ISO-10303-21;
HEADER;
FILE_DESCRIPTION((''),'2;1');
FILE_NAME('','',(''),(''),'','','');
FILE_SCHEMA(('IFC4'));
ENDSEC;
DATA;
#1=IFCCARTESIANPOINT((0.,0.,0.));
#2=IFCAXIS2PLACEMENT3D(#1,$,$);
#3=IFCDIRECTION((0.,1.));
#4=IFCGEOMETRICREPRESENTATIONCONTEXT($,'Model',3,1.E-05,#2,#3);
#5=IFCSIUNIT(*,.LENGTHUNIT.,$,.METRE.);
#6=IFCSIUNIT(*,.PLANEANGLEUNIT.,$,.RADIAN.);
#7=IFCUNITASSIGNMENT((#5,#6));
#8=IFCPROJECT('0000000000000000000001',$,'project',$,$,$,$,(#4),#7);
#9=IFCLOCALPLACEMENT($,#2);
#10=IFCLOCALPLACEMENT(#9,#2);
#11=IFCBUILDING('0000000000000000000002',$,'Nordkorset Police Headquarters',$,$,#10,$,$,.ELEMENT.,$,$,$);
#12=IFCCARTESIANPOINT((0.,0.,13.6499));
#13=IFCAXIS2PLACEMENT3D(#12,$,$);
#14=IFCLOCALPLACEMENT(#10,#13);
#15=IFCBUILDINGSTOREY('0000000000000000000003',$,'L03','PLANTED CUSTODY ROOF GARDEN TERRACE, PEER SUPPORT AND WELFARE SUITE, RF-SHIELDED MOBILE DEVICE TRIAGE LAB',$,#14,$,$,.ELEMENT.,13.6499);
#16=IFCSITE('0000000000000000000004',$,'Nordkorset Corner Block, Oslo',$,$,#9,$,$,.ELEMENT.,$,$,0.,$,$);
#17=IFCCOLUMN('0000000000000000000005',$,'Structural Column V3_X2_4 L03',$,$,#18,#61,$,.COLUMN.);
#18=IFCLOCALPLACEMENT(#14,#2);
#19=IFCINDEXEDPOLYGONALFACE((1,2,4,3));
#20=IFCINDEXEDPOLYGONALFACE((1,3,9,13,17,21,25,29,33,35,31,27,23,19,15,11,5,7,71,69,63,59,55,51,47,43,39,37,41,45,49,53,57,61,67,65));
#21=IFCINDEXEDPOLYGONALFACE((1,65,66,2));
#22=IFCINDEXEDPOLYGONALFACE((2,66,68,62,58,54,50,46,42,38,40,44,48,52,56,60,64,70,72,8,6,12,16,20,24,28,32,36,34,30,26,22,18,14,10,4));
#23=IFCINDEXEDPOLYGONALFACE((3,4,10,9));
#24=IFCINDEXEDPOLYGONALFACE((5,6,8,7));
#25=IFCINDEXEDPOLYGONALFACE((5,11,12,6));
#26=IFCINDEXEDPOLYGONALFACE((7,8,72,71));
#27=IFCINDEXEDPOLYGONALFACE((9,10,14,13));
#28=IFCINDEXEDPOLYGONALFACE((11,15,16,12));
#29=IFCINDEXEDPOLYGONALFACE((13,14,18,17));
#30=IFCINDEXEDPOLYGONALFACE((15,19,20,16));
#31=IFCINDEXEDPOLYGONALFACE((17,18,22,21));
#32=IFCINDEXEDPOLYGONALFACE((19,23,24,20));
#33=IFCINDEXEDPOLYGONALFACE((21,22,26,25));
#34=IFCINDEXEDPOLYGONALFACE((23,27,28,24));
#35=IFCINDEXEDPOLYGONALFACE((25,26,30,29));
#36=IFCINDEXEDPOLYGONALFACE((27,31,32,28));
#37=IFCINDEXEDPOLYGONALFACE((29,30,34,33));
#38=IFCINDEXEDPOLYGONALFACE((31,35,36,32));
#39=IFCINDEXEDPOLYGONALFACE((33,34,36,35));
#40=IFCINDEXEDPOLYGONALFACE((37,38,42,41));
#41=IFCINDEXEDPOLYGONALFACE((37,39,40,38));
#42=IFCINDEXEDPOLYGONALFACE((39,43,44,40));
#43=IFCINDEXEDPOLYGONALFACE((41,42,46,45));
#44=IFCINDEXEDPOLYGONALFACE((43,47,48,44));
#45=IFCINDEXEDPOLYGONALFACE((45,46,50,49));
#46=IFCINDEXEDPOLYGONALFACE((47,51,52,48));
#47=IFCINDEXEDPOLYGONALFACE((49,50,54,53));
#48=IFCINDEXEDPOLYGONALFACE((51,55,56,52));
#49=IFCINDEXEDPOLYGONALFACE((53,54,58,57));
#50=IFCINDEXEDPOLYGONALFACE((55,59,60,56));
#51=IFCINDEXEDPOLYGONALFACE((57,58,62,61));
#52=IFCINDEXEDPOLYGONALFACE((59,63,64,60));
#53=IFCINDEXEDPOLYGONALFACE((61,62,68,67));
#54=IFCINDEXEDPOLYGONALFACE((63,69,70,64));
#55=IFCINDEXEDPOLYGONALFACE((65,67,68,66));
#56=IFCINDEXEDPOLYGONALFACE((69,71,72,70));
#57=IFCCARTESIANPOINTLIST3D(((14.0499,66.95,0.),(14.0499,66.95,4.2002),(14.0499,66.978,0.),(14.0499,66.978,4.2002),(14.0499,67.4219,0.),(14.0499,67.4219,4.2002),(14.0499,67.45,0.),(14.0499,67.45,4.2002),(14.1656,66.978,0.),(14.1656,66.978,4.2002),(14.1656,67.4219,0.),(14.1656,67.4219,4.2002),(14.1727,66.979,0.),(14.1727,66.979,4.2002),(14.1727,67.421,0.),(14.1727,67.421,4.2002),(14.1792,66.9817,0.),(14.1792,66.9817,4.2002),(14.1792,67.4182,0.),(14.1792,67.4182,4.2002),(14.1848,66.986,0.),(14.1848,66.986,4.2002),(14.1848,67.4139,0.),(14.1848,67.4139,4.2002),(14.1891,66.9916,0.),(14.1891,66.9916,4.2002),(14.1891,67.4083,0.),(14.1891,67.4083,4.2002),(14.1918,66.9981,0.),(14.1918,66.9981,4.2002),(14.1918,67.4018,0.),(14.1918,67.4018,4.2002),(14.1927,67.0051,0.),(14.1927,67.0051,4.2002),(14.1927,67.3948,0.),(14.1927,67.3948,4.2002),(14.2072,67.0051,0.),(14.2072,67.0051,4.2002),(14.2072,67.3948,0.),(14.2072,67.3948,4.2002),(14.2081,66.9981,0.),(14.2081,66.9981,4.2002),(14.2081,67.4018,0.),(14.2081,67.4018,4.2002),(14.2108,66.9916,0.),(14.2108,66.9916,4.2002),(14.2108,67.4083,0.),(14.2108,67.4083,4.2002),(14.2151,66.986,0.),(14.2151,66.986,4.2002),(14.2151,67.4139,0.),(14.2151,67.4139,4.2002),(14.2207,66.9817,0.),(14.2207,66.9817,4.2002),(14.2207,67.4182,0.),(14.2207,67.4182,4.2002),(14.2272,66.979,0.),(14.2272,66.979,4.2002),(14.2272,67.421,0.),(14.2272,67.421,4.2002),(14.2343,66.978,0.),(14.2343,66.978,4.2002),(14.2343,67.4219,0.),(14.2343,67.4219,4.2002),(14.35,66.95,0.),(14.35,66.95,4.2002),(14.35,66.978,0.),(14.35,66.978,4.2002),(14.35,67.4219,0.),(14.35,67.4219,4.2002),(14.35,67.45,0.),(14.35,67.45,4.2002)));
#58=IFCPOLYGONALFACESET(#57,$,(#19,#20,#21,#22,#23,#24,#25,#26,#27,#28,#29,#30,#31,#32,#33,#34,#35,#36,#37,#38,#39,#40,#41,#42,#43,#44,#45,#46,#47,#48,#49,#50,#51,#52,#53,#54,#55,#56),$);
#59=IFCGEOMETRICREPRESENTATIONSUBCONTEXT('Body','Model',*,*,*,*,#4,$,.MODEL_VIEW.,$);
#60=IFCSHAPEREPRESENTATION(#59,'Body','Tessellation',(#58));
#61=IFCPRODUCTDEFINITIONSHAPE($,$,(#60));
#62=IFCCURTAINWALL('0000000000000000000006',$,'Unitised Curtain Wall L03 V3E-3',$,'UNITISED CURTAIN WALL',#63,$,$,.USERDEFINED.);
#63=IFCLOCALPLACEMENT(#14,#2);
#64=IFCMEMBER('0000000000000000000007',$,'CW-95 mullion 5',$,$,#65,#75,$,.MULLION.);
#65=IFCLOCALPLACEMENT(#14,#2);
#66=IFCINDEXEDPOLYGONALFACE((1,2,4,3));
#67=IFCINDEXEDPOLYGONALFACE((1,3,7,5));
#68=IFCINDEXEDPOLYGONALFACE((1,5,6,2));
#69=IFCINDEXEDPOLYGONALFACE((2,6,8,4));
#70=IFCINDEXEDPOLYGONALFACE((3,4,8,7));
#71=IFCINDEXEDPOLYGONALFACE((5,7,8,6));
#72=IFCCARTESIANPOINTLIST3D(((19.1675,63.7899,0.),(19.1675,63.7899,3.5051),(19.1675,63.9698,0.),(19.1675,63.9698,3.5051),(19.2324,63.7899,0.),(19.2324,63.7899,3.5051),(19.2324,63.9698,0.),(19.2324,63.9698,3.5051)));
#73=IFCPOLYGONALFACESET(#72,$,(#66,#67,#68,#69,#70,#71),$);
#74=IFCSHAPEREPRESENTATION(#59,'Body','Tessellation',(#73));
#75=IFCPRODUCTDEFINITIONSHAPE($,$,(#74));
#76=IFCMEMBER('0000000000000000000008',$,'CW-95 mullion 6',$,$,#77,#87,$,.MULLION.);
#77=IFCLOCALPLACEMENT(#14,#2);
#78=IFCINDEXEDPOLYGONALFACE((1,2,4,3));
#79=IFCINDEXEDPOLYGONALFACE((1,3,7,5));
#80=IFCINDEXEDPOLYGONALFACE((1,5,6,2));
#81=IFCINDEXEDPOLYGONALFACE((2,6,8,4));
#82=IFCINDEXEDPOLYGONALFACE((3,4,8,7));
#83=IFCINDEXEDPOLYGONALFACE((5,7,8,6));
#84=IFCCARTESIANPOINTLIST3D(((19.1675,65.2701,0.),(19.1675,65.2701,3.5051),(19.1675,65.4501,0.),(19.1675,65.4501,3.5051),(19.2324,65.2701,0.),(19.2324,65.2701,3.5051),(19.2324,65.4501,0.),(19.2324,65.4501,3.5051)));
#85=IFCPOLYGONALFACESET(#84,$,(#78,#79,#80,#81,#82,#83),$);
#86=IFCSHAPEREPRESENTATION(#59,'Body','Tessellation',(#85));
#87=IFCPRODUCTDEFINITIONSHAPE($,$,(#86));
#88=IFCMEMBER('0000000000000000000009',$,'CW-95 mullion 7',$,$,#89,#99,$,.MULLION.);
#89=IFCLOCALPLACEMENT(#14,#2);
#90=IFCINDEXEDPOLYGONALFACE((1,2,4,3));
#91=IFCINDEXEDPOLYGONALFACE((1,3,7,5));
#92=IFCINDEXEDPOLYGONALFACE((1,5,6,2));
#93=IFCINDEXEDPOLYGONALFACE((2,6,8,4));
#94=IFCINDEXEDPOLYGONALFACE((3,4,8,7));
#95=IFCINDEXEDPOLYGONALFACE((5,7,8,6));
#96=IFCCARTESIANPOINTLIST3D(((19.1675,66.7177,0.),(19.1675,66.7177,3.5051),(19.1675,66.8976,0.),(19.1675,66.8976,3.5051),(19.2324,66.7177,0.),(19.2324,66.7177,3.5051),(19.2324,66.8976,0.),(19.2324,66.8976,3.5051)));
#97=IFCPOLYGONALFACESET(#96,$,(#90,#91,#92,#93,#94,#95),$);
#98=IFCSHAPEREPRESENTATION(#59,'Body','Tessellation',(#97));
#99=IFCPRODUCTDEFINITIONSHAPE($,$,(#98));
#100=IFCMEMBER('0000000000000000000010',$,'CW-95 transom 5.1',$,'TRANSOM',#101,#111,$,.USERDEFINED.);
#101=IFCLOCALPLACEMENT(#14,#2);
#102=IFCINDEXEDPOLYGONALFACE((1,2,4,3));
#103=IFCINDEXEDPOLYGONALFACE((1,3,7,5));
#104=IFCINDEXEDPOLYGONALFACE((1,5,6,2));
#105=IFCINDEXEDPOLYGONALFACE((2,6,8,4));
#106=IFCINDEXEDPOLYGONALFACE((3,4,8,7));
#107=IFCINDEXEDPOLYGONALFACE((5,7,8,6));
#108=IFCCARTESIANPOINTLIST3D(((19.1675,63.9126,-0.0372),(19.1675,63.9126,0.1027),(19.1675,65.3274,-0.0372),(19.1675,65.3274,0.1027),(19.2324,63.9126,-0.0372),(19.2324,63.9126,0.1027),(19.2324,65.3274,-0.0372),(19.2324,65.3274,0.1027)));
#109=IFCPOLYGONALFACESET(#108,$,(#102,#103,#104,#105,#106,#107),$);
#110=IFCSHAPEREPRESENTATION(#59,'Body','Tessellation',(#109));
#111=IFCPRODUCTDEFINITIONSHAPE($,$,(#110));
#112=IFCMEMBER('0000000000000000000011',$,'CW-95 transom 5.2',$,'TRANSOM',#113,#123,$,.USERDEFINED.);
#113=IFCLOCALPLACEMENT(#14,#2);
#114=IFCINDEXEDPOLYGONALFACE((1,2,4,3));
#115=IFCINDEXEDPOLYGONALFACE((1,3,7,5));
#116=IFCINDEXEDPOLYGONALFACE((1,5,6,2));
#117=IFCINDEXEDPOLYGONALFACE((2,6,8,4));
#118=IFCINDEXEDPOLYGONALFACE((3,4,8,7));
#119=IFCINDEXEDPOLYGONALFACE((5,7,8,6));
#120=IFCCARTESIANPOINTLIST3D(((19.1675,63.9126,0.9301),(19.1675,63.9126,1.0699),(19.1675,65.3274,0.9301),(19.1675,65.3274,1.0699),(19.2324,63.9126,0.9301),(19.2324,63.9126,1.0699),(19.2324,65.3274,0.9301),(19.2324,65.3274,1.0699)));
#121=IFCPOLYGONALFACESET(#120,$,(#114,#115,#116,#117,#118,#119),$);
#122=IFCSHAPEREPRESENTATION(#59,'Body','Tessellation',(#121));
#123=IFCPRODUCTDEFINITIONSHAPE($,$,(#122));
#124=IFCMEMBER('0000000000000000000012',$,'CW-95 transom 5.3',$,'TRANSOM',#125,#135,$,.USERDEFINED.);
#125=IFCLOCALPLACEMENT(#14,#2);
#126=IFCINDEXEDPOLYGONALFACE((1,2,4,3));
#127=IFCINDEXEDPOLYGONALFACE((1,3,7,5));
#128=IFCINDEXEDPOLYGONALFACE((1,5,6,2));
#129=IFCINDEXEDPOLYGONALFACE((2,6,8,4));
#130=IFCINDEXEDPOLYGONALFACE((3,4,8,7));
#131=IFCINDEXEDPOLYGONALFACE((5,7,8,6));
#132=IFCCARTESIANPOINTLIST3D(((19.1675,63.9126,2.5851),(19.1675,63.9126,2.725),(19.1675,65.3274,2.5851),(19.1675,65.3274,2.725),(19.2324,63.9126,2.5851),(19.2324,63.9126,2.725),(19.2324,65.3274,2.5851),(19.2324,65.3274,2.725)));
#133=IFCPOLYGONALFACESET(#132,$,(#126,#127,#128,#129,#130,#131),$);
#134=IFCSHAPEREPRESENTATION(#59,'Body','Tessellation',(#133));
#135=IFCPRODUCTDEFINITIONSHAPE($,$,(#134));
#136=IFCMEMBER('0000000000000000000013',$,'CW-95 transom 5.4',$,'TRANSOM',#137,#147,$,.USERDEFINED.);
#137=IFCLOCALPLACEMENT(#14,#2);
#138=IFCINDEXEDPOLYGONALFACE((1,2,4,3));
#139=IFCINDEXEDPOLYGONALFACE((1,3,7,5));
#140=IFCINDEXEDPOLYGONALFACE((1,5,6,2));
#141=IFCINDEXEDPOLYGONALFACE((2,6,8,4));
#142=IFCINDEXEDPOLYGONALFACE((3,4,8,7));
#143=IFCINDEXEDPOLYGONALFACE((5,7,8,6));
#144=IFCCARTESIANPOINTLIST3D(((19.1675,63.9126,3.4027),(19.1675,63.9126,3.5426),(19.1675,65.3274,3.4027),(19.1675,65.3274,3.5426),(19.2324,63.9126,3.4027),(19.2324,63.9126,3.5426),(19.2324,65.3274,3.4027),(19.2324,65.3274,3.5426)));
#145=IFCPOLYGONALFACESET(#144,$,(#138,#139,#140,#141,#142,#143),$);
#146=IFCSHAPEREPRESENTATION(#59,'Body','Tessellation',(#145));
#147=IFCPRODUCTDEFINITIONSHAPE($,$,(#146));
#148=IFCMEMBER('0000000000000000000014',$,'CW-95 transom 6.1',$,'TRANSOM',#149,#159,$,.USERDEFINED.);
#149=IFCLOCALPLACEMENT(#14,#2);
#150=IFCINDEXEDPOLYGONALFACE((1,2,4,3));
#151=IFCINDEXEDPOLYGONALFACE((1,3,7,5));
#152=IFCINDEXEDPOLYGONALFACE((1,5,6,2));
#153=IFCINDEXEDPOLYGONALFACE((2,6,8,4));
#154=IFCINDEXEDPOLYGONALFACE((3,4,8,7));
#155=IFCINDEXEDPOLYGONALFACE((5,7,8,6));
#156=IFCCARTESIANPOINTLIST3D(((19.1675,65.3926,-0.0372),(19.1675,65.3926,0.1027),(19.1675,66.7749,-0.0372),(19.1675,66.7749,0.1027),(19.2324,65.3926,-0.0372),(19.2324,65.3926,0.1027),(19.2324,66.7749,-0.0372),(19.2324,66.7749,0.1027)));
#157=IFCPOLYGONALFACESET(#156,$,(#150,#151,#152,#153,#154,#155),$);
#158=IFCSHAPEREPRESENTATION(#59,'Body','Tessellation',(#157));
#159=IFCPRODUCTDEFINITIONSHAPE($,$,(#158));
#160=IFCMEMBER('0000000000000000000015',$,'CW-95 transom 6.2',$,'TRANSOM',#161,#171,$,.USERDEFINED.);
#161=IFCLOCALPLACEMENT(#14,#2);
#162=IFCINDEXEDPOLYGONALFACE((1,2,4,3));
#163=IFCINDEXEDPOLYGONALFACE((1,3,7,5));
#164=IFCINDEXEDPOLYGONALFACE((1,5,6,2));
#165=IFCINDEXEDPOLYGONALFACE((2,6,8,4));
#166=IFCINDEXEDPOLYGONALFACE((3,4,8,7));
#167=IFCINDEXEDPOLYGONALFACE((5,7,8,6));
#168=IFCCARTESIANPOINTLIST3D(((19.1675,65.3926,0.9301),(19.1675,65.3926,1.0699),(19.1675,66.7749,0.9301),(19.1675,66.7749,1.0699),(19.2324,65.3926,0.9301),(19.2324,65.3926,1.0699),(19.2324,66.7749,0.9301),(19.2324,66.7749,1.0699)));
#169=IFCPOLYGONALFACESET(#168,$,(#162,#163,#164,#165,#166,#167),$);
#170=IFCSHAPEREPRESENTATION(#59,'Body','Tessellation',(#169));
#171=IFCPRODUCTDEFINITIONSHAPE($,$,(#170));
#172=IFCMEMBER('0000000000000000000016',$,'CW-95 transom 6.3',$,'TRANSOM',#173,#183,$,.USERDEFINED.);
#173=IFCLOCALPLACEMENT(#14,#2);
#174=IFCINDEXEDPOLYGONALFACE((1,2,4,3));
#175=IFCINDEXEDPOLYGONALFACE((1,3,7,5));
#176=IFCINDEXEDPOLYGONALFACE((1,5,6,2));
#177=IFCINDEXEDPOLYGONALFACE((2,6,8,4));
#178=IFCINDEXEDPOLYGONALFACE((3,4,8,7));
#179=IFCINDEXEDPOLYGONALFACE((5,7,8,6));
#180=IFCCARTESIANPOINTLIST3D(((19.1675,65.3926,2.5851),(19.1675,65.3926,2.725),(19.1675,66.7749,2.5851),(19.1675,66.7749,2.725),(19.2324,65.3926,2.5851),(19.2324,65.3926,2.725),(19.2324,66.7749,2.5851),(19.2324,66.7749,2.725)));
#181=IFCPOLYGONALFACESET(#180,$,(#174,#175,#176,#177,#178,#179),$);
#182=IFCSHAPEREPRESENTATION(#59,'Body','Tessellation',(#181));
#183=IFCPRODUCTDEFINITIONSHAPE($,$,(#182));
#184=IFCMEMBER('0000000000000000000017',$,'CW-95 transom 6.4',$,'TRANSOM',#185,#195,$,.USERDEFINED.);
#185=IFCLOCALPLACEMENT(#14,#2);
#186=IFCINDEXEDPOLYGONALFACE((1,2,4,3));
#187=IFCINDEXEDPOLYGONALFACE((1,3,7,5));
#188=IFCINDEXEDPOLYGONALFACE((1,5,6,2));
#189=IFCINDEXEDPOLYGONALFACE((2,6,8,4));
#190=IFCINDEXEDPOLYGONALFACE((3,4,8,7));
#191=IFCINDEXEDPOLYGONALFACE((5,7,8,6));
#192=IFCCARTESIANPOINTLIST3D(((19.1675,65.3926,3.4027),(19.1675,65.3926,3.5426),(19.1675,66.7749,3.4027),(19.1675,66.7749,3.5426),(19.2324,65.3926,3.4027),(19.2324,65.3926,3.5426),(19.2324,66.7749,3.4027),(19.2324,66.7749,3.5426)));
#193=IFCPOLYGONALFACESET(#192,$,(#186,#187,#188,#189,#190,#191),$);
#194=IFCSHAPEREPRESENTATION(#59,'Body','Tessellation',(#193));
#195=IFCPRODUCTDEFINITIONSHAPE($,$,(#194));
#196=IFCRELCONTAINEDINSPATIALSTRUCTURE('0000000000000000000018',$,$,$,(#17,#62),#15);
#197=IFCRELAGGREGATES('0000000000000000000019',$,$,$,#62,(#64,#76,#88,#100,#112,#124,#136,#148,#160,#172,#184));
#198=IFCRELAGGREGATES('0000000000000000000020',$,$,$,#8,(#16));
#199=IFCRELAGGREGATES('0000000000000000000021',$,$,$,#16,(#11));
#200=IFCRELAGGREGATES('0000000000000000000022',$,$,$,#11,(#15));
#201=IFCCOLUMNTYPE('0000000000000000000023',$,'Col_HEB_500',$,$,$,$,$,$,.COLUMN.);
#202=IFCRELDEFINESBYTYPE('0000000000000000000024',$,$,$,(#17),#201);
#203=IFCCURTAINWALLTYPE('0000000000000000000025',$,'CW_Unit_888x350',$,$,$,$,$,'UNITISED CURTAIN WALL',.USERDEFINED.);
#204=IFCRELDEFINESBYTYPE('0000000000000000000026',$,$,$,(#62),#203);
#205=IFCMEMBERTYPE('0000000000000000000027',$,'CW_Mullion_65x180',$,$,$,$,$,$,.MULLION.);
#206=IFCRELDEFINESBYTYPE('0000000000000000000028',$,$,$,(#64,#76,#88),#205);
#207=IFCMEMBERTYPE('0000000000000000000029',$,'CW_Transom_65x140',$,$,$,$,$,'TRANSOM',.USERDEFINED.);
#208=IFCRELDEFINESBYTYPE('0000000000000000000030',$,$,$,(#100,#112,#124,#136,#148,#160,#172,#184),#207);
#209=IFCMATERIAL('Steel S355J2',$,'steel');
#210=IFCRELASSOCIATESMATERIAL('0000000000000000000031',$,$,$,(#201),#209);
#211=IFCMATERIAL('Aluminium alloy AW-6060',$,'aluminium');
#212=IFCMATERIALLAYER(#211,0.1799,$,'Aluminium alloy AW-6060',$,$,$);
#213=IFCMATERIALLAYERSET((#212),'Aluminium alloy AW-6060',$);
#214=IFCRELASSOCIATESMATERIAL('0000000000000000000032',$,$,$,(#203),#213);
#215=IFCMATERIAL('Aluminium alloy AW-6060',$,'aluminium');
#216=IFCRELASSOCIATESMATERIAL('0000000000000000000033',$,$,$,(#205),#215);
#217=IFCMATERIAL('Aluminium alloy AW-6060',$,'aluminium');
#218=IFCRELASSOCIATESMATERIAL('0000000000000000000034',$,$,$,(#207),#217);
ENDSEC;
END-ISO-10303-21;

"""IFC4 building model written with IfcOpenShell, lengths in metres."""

from ifc_helpers import new_model, si_unit, direction, frame, origin, origin_2d, place, context, subcontext, project, spatial, rectangle, i_section, extrude, material, layer, layer_set, material_profile, profile_set, type_object, element, aggregate, save


model = new_model("IFC4")

# Units and contexts
model_context = context("Model", 3, precision=1e-05, world=origin(), true_north=direction((0.0, 1.0)))
body_context = subcontext(model_context, "Body", "Model", "MODEL_VIEW")
ifc_project = project(units=[si_unit("LENGTHUNIT", "METRE"), si_unit("PLANEANGLEUNIT", "RADIAN")], contexts=[model_context])

# Site, building, storey
site_placement = place(None, origin())
site = spatial("IfcSite", under=ifc_project, at=site_placement, Name="Nordkorset Corner Block, Oslo", CompositionType="ELEMENT", RefElevation=0.0)
building_placement = place(site_placement, origin())
building = spatial("IfcBuilding", under=site, at=building_placement, Name="Nordkorset Police Headquarters", CompositionType="ELEMENT")
storey_placement = place(building_placement, frame((0.0, 0.0, 13.6499)))
storey = spatial("IfcBuildingStorey", under=building, at=storey_placement, Name="L03", Description="PLANTED CUSTODY ROOF GARDEN TERRACE, PEER SUPPORT AND WELFARE SUITE, RF-SHIELDED MOBILE DEVICE TRIAGE LAB", CompositionType="ELEMENT", Elevation=13.6499)

# Column
ifc_material_1 = material(Name="Steel S355J2", Category="steel")
ifc_material_profile_1 = material_profile(ifc_material_1, i_section(OverallWidth=0.3, OverallDepth=0.5, WebThickness=0.0144, FlangeThickness=0.0281, FilletRadius=0.0271, at=origin_2d()), Name="HEB 500")
ifc_profile_set_1 = profile_set([ifc_material_profile_1], Name="Steel S355J2")
column_type = type_object("IfcColumnType", Name="Col_HEB_500", PredefinedType="COLUMN", material=ifc_profile_set_1)
column_placement = place(storey_placement, frame((14.2, 67.2, 0.0), z_axis=(0.0, 0.0, 1.0), x_axis=(1.0, 0.0, 0.0)))
element("IfcColumn", 1, at=column_placement, inside=storey, type_object=column_type, Name="Structural Column V3_X2_4 L03", PredefinedType="COLUMN", context=body_context, shape_type="SweptSolid", body=[
    extrude(i_section(OverallWidth=0.3, OverallDepth=0.5, WebThickness=0.0144, FlangeThickness=0.0281, FilletRadius=0.0271, at=origin_2d()), origin(), (0.0, 0.0, 1.0), 4.2002),
])

# Curtain wall, members
ifc_material_2 = material(Name="Aluminium alloy AW-6060", Category="aluminium")
ifc_layer_1 = layer(ifc_material_2, 0.1799, Name="Aluminium alloy AW-6060")
ifc_layer_set_1 = layer_set([ifc_layer_1], Name="Aluminium alloy AW-6060")
curtain_wall_type = type_object("IfcCurtainWallType", Name="CW_Unit_888x350", ElementType="UNITISED CURTAIN WALL", PredefinedType="USERDEFINED", material=ifc_layer_set_1)
curtain_wall_placement = place(storey_placement, origin())
curtain_wall = element("IfcCurtainWall", 2, at=curtain_wall_placement, inside=storey, type_object=curtain_wall_type, Name="Unitised Curtain Wall L03 V3E-3", ObjectType="UNITISED CURTAIN WALL", PredefinedType="USERDEFINED")
ifc_material_3 = material(Name="Aluminium alloy AW-6060", Category="aluminium")
ifc_material_profile_2 = material_profile(ifc_material_3, rectangle(XDim=0.0649, YDim=0.1799, at=origin_2d()), Name="ALU MULL 65x180")
ifc_profile_set_2 = profile_set([ifc_material_profile_2], Name="Aluminium alloy AW-6060")
member_type_1 = type_object("IfcMemberType", Name="CW_Mullion_65x180", PredefinedType="MULLION", material=ifc_profile_set_2)
member_1_placement = place(storey_placement, frame((19.2, 63.8799, 0.0), z_axis=(0.0, 0.0, 1.0), x_axis=(-1.0, 0.0, 0.0)))
member_1 = element("IfcMember", 3, at=member_1_placement, type_object=member_type_1, Name="CW-95 mullion 5", PredefinedType="MULLION", context=body_context, shape_type="SweptSolid", body=[
    extrude(rectangle(XDim=0.0649, YDim=0.1799, at=origin_2d()), origin(), (0.0, 0.0, 1.0), 3.5051),
])
member_2_placement = place(storey_placement, frame((19.2, 65.3601, 0.0), z_axis=(0.0, 0.0, 1.0), x_axis=(-1.0, 0.0, 0.0)))
member_2 = element("IfcMember", 4, at=member_2_placement, type_object=member_type_1, Name="CW-95 mullion 6", PredefinedType="MULLION", context=body_context, shape_type="SweptSolid", body=[
    extrude(rectangle(XDim=0.0649, YDim=0.1799, at=origin_2d()), origin(), (0.0, 0.0, 1.0), 3.5051),
])
member_3_placement = place(storey_placement, frame((19.2, 66.8076, 0.0), z_axis=(0.0, 0.0, 1.0), x_axis=(-1.0, 0.0, 0.0)))
member_3 = element("IfcMember", 5, at=member_3_placement, type_object=member_type_1, Name="CW-95 mullion 7", PredefinedType="MULLION", context=body_context, shape_type="SweptSolid", body=[
    extrude(rectangle(XDim=0.0649, YDim=0.1799, at=origin_2d()), origin(), (0.0, 0.0, 1.0), 3.5051),
])
ifc_material_4 = material(Name="Aluminium alloy AW-6060", Category="aluminium")
ifc_material_profile_3 = material_profile(ifc_material_4, rectangle(XDim=0.0649, YDim=0.1399, at=origin_2d()), Name="ALU TRAN 65x140")
ifc_profile_set_3 = profile_set([ifc_material_profile_3], Name="Aluminium alloy AW-6060")
member_type_2 = type_object("IfcMemberType", Name="CW_Transom_65x140", ElementType="TRANSOM", PredefinedType="USERDEFINED", material=ifc_profile_set_3)
member_4_placement = place(storey_placement, frame((19.2, 63.9126, 0.0327), z_axis=(0.0, 1.0, 0.0), x_axis=(-1.0, 0.0, 0.0)))
member_4 = element("IfcMember", 6, at=member_4_placement, type_object=member_type_2, Name="CW-95 transom 5.1", ObjectType="TRANSOM", PredefinedType="USERDEFINED", context=body_context, shape_type="SweptSolid", body=[
    extrude(rectangle(XDim=0.0649, YDim=0.1399, at=origin_2d()), origin(), (0.0, 0.0, 1.0), 1.4148),
])
member_5_placement = place(storey_placement, frame((19.2, 63.9126, 1.0), z_axis=(0.0, 1.0, 0.0), x_axis=(-1.0, 0.0, 0.0)))
member_5 = element("IfcMember", 7, at=member_5_placement, type_object=member_type_2, Name="CW-95 transom 5.2", ObjectType="TRANSOM", PredefinedType="USERDEFINED", context=body_context, shape_type="SweptSolid", body=[
    extrude(rectangle(XDim=0.0649, YDim=0.1399, at=origin_2d()), origin(), (0.0, 0.0, 1.0), 1.4148),
])
member_6_placement = place(storey_placement, frame((19.2, 63.9126, 2.655), z_axis=(0.0, 1.0, 0.0), x_axis=(-1.0, 0.0, 0.0)))
member_6 = element("IfcMember", 8, at=member_6_placement, type_object=member_type_2, Name="CW-95 transom 5.3", ObjectType="TRANSOM", PredefinedType="USERDEFINED", context=body_context, shape_type="SweptSolid", body=[
    extrude(rectangle(XDim=0.0649, YDim=0.1399, at=origin_2d()), origin(), (0.0, 0.0, 1.0), 1.4148),
])
member_7_placement = place(storey_placement, frame((19.2, 63.9126, 3.4727), z_axis=(0.0, 1.0, 0.0), x_axis=(-1.0, 0.0, 0.0)))
member_7 = element("IfcMember", 9, at=member_7_placement, type_object=member_type_2, Name="CW-95 transom 5.4", ObjectType="TRANSOM", PredefinedType="USERDEFINED", context=body_context, shape_type="SweptSolid", body=[
    extrude(rectangle(XDim=0.0649, YDim=0.1399, at=origin_2d()), origin(), (0.0, 0.0, 1.0), 1.4148),
])
member_8_placement = place(storey_placement, frame((19.2, 65.3926, 0.0327), z_axis=(0.0, 1.0, 0.0), x_axis=(-1.0, 0.0, 0.0)))
member_8 = element("IfcMember", 10, at=member_8_placement, type_object=member_type_2, Name="CW-95 transom 6.1", ObjectType="TRANSOM", PredefinedType="USERDEFINED", context=body_context, shape_type="SweptSolid", body=[
    extrude(rectangle(XDim=0.0649, YDim=0.1399, at=origin_2d()), origin(), (0.0, 0.0, 1.0), 1.3823),
])
member_9_placement = place(storey_placement, frame((19.2, 65.3926, 1.0), z_axis=(0.0, 1.0, 0.0), x_axis=(-1.0, 0.0, 0.0)))
member_9 = element("IfcMember", 11, at=member_9_placement, type_object=member_type_2, Name="CW-95 transom 6.2", ObjectType="TRANSOM", PredefinedType="USERDEFINED", context=body_context, shape_type="SweptSolid", body=[
    extrude(rectangle(XDim=0.0649, YDim=0.1399, at=origin_2d()), origin(), (0.0, 0.0, 1.0), 1.3823),
])
member_10_placement = place(storey_placement, frame((19.2, 65.3926, 2.655), z_axis=(0.0, 1.0, 0.0), x_axis=(-1.0, 0.0, 0.0)))
member_10 = element("IfcMember", 12, at=member_10_placement, type_object=member_type_2, Name="CW-95 transom 6.3", ObjectType="TRANSOM", PredefinedType="USERDEFINED", context=body_context, shape_type="SweptSolid", body=[
    extrude(rectangle(XDim=0.0649, YDim=0.1399, at=origin_2d()), origin(), (0.0, 0.0, 1.0), 1.3823),
])
member_11_placement = place(storey_placement, frame((19.2, 65.3926, 3.4727), z_axis=(0.0, 1.0, 0.0), x_axis=(-1.0, 0.0, 0.0)))
member_11 = element("IfcMember", 13, at=member_11_placement, type_object=member_type_2, Name="CW-95 transom 6.4", ObjectType="TRANSOM", PredefinedType="USERDEFINED", context=body_context, shape_type="SweptSolid", body=[
    extrude(rectangle(XDim=0.0649, YDim=0.1399, at=origin_2d()), origin(), (0.0, 0.0, 1.0), 1.3823),
])

aggregate(curtain_wall, [member_1, member_2, member_3, member_4, member_5, member_6, member_7, member_8, member_9, member_10, member_11])

save(model, "model.ifc")
